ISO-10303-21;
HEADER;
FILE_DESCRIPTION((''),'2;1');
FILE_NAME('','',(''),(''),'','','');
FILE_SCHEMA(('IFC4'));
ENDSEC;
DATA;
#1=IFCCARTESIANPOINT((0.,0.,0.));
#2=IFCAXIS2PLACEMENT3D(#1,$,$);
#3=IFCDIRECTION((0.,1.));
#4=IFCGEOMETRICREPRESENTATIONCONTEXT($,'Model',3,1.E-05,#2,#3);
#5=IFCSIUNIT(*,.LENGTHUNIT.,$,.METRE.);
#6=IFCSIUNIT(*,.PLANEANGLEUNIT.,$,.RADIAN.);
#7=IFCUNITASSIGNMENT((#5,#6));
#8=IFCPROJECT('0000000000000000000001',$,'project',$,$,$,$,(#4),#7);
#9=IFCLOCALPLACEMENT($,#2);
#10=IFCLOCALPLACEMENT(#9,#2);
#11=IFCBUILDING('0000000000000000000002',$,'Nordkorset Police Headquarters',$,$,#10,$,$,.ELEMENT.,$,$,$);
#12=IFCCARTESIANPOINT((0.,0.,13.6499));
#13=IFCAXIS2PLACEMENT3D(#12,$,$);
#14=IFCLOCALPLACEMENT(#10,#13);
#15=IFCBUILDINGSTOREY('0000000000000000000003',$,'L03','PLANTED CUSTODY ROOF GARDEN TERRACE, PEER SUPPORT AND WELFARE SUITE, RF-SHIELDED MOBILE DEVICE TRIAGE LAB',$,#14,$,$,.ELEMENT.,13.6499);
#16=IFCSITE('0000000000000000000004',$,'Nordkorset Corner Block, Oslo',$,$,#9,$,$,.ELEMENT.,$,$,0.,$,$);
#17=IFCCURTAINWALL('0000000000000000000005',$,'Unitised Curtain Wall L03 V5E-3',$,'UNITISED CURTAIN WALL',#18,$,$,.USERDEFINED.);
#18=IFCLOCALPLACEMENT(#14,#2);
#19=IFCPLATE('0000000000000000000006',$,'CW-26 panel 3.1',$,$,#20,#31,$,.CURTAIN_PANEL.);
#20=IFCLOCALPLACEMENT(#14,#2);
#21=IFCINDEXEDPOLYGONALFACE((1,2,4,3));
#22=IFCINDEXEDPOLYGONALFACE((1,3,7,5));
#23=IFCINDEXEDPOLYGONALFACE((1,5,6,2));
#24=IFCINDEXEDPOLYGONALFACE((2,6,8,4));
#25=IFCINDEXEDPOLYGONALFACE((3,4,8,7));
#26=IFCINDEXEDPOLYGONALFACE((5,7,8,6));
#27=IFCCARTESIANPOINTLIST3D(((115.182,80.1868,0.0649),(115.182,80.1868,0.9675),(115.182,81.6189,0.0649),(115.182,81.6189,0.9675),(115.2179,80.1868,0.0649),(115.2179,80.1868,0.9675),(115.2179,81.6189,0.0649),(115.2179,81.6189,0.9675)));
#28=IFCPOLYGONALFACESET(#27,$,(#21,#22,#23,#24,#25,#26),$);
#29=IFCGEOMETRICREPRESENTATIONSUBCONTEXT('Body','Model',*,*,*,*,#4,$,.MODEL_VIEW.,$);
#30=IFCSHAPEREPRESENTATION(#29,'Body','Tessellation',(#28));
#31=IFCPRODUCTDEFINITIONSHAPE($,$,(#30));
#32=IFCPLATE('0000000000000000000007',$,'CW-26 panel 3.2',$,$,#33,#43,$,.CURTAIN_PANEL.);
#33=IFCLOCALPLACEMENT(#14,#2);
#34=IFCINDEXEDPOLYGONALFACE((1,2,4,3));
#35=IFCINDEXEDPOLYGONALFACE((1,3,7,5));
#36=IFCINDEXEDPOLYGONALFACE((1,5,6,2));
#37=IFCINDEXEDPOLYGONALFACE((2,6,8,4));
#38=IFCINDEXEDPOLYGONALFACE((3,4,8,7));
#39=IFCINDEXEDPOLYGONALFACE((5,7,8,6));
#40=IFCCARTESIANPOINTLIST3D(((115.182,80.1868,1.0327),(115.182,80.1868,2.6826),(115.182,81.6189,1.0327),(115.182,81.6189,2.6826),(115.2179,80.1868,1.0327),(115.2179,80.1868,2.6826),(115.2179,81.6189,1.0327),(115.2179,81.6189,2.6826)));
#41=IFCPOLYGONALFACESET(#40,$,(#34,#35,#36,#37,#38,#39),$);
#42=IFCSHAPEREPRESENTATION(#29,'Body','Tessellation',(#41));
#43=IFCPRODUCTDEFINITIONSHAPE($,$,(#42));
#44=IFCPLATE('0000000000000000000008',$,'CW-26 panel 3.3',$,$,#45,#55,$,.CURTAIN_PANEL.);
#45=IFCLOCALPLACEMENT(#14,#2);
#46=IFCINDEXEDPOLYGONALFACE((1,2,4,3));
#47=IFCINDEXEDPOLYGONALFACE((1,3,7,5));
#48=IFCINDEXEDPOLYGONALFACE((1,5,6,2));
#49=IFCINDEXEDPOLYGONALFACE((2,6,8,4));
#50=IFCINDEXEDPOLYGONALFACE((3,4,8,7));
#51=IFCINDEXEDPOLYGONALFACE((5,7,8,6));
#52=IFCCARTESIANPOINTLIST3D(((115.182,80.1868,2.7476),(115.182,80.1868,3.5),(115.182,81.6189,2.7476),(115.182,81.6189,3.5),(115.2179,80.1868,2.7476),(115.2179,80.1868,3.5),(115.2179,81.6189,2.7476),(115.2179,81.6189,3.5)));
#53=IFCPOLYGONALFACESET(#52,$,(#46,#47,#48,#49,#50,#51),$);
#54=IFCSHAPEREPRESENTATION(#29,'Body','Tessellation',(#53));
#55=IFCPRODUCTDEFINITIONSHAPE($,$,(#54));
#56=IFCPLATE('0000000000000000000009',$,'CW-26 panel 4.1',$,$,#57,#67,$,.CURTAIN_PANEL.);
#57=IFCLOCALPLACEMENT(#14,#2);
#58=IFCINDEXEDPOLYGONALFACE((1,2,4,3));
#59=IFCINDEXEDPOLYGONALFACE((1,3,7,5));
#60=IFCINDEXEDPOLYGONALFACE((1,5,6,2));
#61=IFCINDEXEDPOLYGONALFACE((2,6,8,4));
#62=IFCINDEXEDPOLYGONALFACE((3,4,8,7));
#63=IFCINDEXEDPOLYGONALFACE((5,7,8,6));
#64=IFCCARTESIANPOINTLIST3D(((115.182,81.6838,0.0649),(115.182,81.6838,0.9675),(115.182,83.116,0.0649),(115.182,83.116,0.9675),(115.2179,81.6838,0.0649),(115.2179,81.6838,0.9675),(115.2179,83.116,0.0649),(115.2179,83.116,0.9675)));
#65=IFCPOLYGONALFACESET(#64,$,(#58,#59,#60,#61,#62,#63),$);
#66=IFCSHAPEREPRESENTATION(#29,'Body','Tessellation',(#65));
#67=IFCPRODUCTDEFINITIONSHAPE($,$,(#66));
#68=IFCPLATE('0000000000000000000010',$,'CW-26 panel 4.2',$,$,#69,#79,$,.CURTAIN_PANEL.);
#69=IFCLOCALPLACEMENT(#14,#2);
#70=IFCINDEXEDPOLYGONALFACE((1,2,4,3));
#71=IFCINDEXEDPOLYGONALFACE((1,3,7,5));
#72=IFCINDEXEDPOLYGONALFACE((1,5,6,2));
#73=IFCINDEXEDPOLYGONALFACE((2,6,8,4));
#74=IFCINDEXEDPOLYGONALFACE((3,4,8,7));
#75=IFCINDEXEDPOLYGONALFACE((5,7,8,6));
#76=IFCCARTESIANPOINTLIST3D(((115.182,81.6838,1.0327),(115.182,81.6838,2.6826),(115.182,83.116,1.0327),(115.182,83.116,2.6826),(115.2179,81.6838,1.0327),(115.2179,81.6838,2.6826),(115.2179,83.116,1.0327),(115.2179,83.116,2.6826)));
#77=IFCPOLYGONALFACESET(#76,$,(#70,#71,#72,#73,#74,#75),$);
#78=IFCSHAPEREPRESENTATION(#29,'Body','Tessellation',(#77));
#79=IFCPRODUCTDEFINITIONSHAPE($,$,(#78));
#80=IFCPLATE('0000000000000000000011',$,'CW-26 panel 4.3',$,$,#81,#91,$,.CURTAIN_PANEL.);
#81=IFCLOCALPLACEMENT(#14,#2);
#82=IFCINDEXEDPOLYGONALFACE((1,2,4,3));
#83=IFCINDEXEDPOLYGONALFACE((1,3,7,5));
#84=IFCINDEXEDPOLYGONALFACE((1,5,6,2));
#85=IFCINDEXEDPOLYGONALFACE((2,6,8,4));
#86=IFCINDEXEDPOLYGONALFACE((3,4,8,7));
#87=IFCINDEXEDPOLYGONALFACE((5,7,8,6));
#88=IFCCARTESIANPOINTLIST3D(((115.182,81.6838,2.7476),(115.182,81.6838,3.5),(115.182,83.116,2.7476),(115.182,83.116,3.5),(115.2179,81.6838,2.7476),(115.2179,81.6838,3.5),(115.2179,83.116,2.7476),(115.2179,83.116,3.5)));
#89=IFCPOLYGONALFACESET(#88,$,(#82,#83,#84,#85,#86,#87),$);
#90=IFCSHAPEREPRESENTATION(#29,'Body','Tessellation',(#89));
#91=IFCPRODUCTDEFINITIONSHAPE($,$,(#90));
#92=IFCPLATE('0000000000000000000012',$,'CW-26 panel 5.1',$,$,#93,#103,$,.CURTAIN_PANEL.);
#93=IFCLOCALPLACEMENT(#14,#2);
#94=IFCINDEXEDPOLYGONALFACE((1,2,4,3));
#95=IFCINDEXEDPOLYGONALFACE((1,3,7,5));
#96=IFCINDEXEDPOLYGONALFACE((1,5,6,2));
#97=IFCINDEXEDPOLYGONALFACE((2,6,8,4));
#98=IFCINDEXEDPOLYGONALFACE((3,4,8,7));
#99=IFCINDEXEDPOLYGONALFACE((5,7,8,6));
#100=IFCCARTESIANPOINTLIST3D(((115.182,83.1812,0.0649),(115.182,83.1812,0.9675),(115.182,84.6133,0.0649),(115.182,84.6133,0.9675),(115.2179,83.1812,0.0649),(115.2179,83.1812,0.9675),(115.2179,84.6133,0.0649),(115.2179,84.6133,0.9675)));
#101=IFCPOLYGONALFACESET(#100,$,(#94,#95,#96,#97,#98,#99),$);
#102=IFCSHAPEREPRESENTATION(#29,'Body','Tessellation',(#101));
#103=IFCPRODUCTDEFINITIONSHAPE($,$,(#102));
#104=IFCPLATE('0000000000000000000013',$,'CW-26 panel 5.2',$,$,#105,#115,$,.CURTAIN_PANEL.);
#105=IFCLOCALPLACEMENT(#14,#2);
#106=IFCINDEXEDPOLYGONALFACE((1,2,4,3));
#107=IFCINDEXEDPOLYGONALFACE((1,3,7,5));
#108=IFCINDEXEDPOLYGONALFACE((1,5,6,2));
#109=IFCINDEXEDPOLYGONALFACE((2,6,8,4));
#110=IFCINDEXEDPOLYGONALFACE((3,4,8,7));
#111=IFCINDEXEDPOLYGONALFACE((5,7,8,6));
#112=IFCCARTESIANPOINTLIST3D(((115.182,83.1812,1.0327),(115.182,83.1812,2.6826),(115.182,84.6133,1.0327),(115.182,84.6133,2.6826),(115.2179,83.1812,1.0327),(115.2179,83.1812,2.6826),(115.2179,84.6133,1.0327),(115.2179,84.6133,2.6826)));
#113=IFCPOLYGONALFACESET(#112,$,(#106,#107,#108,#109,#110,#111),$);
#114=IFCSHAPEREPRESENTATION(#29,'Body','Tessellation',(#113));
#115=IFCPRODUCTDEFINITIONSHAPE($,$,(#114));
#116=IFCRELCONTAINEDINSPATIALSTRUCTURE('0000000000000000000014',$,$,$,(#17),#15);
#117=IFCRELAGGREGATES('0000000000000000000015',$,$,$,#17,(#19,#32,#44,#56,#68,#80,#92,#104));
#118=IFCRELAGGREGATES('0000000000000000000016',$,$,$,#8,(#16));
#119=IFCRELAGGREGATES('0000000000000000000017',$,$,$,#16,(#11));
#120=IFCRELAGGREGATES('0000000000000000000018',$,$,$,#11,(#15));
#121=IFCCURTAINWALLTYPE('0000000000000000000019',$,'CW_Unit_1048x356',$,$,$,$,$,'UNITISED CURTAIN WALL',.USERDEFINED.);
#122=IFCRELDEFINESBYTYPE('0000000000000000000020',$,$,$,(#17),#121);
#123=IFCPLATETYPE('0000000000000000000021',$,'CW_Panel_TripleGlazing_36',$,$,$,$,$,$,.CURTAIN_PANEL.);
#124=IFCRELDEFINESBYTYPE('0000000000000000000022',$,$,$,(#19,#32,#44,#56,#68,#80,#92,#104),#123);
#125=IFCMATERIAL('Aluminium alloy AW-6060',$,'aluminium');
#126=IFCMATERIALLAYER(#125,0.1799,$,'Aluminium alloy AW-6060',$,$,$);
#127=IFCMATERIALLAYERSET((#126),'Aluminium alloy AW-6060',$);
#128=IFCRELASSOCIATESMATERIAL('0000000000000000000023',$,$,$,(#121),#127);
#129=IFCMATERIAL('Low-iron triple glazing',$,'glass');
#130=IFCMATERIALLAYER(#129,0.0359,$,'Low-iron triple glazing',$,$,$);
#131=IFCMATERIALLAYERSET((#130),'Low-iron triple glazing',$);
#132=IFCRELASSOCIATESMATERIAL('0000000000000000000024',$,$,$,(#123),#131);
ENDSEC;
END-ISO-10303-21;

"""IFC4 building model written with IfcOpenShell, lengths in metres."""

from ifc_helpers import new_model, si_unit, direction, frame, origin, origin_2d, place, context, subcontext, project, spatial, rectangle, extrude, material, layer, layer_set, type_object, element, aggregate, save


model = new_model("IFC4")

# Units and contexts
model_context = context("Model", 3, precision=1e-05, world=origin(), true_north=direction((0.0, 1.0)))
body_context = subcontext(model_context, "Body", "Model", "MODEL_VIEW")
ifc_project = project(units=[si_unit("LENGTHUNIT", "METRE"), si_unit("PLANEANGLEUNIT", "RADIAN")], contexts=[model_context])

# Site, building, storey
site_placement = place(None, origin())
site = spatial("IfcSite", under=ifc_project, at=site_placement, Name="Nordkorset Corner Block, Oslo", CompositionType="ELEMENT", RefElevation=0.0)
building_placement = place(site_placement, origin())
building = spatial("IfcBuilding", under=site, at=building_placement, Name="Nordkorset Police Headquarters", CompositionType="ELEMENT")
storey_placement = place(building_placement, frame((0.0, 0.0, 13.6499)))
storey = spatial("IfcBuildingStorey", under=building, at=storey_placement, Name="L03", Description="PLANTED CUSTODY ROOF GARDEN TERRACE, PEER SUPPORT AND WELFARE SUITE, RF-SHIELDED MOBILE DEVICE TRIAGE LAB", CompositionType="ELEMENT", Elevation=13.6499)

# Curtain wall, plates
ifc_material_1 = material(Name="Aluminium alloy AW-6060", Category="aluminium")
ifc_layer_1 = layer(ifc_material_1, 0.1799, Name="Aluminium alloy AW-6060")
ifc_layer_set_1 = layer_set([ifc_layer_1], Name="Aluminium alloy AW-6060")
curtain_wall_type = type_object("IfcCurtainWallType", Name="CW_Unit_1048x356", ElementType="UNITISED CURTAIN WALL", PredefinedType="USERDEFINED", material=ifc_layer_set_1)
curtain_wall_placement = place(storey_placement, origin())
curtain_wall = element("IfcCurtainWall", 1, at=curtain_wall_placement, inside=storey, type_object=curtain_wall_type, Name="Unitised Curtain Wall L03 V5E-3", ObjectType="UNITISED CURTAIN WALL", PredefinedType="USERDEFINED")
ifc_material_2 = material(Name="Low-iron triple glazing", Category="glass")
ifc_layer_2 = layer(ifc_material_2, 0.0359, Name="Low-iron triple glazing")
ifc_layer_set_2 = layer_set([ifc_layer_2], Name="Low-iron triple glazing")
plate_type = type_object("IfcPlateType", Name="CW_Panel_TripleGlazing_36", PredefinedType="CURTAIN_PANEL", material=ifc_layer_set_2)
plate_1_placement = place(storey_placement, frame((115.2, 80.9028, 0.0649), z_axis=(0.0, 0.0, 1.0), x_axis=(0.0, 1.0, 0.0)))
plate_1 = element("IfcPlate", 2, at=plate_1_placement, type_object=plate_type, Name="CW-26 panel 3.1", PredefinedType="CURTAIN_PANEL", context=body_context, shape_type="SweptSolid", body=[
    extrude(rectangle(XDim=1.4321, YDim=0.0359, at=origin_2d()), origin(), (0.0, 0.0, 1.0), 0.9026),
])
plate_2_placement = place(storey_placement, frame((115.2, 80.9028, 1.0327), z_axis=(0.0, 0.0, 1.0), x_axis=(0.0, 1.0, 0.0)))
plate_2 = element("IfcPlate", 3, at=plate_2_placement, type_object=plate_type, Name="CW-26 panel 3.2", PredefinedType="CURTAIN_PANEL", context=body_context, shape_type="SweptSolid", body=[
    extrude(rectangle(XDim=1.4321, YDim=0.0359, at=origin_2d()), origin(), (0.0, 0.0, 1.0), 1.6499),
])
plate_3_placement = place(storey_placement, frame((115.2, 80.9028, 2.7476), z_axis=(0.0, 0.0, 1.0), x_axis=(0.0, 1.0, 0.0)))
plate_3 = element("IfcPlate", 4, at=plate_3_placement, type_object=plate_type, Name="CW-26 panel 3.3", PredefinedType="CURTAIN_PANEL", context=body_context, shape_type="SweptSolid", body=[
    extrude(rectangle(XDim=1.4321, YDim=0.0359, at=origin_2d()), origin(), (0.0, 0.0, 1.0), 0.7524),
])
plate_4_placement = place(storey_placement, frame((115.2, 82.3999, 0.0649), z_axis=(0.0, 0.0, 1.0), x_axis=(0.0, 1.0, 0.0)))
plate_4 = element("IfcPlate", 5, at=plate_4_placement, type_object=plate_type, Name="CW-26 panel 4.1", PredefinedType="CURTAIN_PANEL", context=body_context, shape_type="SweptSolid", body=[
    extrude(rectangle(XDim=1.4321, YDim=0.0359, at=origin_2d()), origin(), (0.0, 0.0, 1.0), 0.9026),
])
plate_5_placement = place(storey_placement, frame((115.2, 82.3999, 1.0327), z_axis=(0.0, 0.0, 1.0), x_axis=(0.0, 1.0, 0.0)))
plate_5 = element("IfcPlate", 6, at=plate_5_placement, type_object=plate_type, Name="CW-26 panel 4.2", PredefinedType="CURTAIN_PANEL", context=body_context, shape_type="SweptSolid", body=[
    extrude(rectangle(XDim=1.4321, YDim=0.0359, at=origin_2d()), origin(), (0.0, 0.0, 1.0), 1.6499),
])
plate_6_placement = place(storey_placement, frame((115.2, 82.3999, 2.7476), z_axis=(0.0, 0.0, 1.0), x_axis=(0.0, 1.0, 0.0)))
plate_6 = element("IfcPlate", 7, at=plate_6_placement, type_object=plate_type, Name="CW-26 panel 4.3", PredefinedType="CURTAIN_PANEL", context=body_context, shape_type="SweptSolid", body=[
    extrude(rectangle(XDim=1.4321, YDim=0.0359, at=origin_2d()), origin(), (0.0, 0.0, 1.0), 0.7524),
])
plate_7_placement = place(storey_placement, frame((115.2, 83.8972, 0.0649), z_axis=(0.0, 0.0, 1.0), x_axis=(0.0, 1.0, 0.0)))
plate_7 = element("IfcPlate", 8, at=plate_7_placement, type_object=plate_type, Name="CW-26 panel 5.1", PredefinedType="CURTAIN_PANEL", context=body_context, shape_type="SweptSolid", body=[
    extrude(rectangle(XDim=1.4321, YDim=0.0359, at=origin_2d()), origin(), (0.0, 0.0, 1.0), 0.9026),
])
plate_8_placement = place(storey_placement, frame((115.2, 83.8972, 1.0327), z_axis=(0.0, 0.0, 1.0), x_axis=(0.0, 1.0, 0.0)))
plate_8 = element("IfcPlate", 9, at=plate_8_placement, type_object=plate_type, Name="CW-26 panel 5.2", PredefinedType="CURTAIN_PANEL", context=body_context, shape_type="SweptSolid", body=[
    extrude(rectangle(XDim=1.4321, YDim=0.0359, at=origin_2d()), origin(), (0.0, 0.0, 1.0), 1.6499),
])
aggregate(curtain_wall, [plate_1, plate_2, plate_3, plate_4, plate_5, plate_6, plate_7, plate_8])

save(model, "model.ifc")
